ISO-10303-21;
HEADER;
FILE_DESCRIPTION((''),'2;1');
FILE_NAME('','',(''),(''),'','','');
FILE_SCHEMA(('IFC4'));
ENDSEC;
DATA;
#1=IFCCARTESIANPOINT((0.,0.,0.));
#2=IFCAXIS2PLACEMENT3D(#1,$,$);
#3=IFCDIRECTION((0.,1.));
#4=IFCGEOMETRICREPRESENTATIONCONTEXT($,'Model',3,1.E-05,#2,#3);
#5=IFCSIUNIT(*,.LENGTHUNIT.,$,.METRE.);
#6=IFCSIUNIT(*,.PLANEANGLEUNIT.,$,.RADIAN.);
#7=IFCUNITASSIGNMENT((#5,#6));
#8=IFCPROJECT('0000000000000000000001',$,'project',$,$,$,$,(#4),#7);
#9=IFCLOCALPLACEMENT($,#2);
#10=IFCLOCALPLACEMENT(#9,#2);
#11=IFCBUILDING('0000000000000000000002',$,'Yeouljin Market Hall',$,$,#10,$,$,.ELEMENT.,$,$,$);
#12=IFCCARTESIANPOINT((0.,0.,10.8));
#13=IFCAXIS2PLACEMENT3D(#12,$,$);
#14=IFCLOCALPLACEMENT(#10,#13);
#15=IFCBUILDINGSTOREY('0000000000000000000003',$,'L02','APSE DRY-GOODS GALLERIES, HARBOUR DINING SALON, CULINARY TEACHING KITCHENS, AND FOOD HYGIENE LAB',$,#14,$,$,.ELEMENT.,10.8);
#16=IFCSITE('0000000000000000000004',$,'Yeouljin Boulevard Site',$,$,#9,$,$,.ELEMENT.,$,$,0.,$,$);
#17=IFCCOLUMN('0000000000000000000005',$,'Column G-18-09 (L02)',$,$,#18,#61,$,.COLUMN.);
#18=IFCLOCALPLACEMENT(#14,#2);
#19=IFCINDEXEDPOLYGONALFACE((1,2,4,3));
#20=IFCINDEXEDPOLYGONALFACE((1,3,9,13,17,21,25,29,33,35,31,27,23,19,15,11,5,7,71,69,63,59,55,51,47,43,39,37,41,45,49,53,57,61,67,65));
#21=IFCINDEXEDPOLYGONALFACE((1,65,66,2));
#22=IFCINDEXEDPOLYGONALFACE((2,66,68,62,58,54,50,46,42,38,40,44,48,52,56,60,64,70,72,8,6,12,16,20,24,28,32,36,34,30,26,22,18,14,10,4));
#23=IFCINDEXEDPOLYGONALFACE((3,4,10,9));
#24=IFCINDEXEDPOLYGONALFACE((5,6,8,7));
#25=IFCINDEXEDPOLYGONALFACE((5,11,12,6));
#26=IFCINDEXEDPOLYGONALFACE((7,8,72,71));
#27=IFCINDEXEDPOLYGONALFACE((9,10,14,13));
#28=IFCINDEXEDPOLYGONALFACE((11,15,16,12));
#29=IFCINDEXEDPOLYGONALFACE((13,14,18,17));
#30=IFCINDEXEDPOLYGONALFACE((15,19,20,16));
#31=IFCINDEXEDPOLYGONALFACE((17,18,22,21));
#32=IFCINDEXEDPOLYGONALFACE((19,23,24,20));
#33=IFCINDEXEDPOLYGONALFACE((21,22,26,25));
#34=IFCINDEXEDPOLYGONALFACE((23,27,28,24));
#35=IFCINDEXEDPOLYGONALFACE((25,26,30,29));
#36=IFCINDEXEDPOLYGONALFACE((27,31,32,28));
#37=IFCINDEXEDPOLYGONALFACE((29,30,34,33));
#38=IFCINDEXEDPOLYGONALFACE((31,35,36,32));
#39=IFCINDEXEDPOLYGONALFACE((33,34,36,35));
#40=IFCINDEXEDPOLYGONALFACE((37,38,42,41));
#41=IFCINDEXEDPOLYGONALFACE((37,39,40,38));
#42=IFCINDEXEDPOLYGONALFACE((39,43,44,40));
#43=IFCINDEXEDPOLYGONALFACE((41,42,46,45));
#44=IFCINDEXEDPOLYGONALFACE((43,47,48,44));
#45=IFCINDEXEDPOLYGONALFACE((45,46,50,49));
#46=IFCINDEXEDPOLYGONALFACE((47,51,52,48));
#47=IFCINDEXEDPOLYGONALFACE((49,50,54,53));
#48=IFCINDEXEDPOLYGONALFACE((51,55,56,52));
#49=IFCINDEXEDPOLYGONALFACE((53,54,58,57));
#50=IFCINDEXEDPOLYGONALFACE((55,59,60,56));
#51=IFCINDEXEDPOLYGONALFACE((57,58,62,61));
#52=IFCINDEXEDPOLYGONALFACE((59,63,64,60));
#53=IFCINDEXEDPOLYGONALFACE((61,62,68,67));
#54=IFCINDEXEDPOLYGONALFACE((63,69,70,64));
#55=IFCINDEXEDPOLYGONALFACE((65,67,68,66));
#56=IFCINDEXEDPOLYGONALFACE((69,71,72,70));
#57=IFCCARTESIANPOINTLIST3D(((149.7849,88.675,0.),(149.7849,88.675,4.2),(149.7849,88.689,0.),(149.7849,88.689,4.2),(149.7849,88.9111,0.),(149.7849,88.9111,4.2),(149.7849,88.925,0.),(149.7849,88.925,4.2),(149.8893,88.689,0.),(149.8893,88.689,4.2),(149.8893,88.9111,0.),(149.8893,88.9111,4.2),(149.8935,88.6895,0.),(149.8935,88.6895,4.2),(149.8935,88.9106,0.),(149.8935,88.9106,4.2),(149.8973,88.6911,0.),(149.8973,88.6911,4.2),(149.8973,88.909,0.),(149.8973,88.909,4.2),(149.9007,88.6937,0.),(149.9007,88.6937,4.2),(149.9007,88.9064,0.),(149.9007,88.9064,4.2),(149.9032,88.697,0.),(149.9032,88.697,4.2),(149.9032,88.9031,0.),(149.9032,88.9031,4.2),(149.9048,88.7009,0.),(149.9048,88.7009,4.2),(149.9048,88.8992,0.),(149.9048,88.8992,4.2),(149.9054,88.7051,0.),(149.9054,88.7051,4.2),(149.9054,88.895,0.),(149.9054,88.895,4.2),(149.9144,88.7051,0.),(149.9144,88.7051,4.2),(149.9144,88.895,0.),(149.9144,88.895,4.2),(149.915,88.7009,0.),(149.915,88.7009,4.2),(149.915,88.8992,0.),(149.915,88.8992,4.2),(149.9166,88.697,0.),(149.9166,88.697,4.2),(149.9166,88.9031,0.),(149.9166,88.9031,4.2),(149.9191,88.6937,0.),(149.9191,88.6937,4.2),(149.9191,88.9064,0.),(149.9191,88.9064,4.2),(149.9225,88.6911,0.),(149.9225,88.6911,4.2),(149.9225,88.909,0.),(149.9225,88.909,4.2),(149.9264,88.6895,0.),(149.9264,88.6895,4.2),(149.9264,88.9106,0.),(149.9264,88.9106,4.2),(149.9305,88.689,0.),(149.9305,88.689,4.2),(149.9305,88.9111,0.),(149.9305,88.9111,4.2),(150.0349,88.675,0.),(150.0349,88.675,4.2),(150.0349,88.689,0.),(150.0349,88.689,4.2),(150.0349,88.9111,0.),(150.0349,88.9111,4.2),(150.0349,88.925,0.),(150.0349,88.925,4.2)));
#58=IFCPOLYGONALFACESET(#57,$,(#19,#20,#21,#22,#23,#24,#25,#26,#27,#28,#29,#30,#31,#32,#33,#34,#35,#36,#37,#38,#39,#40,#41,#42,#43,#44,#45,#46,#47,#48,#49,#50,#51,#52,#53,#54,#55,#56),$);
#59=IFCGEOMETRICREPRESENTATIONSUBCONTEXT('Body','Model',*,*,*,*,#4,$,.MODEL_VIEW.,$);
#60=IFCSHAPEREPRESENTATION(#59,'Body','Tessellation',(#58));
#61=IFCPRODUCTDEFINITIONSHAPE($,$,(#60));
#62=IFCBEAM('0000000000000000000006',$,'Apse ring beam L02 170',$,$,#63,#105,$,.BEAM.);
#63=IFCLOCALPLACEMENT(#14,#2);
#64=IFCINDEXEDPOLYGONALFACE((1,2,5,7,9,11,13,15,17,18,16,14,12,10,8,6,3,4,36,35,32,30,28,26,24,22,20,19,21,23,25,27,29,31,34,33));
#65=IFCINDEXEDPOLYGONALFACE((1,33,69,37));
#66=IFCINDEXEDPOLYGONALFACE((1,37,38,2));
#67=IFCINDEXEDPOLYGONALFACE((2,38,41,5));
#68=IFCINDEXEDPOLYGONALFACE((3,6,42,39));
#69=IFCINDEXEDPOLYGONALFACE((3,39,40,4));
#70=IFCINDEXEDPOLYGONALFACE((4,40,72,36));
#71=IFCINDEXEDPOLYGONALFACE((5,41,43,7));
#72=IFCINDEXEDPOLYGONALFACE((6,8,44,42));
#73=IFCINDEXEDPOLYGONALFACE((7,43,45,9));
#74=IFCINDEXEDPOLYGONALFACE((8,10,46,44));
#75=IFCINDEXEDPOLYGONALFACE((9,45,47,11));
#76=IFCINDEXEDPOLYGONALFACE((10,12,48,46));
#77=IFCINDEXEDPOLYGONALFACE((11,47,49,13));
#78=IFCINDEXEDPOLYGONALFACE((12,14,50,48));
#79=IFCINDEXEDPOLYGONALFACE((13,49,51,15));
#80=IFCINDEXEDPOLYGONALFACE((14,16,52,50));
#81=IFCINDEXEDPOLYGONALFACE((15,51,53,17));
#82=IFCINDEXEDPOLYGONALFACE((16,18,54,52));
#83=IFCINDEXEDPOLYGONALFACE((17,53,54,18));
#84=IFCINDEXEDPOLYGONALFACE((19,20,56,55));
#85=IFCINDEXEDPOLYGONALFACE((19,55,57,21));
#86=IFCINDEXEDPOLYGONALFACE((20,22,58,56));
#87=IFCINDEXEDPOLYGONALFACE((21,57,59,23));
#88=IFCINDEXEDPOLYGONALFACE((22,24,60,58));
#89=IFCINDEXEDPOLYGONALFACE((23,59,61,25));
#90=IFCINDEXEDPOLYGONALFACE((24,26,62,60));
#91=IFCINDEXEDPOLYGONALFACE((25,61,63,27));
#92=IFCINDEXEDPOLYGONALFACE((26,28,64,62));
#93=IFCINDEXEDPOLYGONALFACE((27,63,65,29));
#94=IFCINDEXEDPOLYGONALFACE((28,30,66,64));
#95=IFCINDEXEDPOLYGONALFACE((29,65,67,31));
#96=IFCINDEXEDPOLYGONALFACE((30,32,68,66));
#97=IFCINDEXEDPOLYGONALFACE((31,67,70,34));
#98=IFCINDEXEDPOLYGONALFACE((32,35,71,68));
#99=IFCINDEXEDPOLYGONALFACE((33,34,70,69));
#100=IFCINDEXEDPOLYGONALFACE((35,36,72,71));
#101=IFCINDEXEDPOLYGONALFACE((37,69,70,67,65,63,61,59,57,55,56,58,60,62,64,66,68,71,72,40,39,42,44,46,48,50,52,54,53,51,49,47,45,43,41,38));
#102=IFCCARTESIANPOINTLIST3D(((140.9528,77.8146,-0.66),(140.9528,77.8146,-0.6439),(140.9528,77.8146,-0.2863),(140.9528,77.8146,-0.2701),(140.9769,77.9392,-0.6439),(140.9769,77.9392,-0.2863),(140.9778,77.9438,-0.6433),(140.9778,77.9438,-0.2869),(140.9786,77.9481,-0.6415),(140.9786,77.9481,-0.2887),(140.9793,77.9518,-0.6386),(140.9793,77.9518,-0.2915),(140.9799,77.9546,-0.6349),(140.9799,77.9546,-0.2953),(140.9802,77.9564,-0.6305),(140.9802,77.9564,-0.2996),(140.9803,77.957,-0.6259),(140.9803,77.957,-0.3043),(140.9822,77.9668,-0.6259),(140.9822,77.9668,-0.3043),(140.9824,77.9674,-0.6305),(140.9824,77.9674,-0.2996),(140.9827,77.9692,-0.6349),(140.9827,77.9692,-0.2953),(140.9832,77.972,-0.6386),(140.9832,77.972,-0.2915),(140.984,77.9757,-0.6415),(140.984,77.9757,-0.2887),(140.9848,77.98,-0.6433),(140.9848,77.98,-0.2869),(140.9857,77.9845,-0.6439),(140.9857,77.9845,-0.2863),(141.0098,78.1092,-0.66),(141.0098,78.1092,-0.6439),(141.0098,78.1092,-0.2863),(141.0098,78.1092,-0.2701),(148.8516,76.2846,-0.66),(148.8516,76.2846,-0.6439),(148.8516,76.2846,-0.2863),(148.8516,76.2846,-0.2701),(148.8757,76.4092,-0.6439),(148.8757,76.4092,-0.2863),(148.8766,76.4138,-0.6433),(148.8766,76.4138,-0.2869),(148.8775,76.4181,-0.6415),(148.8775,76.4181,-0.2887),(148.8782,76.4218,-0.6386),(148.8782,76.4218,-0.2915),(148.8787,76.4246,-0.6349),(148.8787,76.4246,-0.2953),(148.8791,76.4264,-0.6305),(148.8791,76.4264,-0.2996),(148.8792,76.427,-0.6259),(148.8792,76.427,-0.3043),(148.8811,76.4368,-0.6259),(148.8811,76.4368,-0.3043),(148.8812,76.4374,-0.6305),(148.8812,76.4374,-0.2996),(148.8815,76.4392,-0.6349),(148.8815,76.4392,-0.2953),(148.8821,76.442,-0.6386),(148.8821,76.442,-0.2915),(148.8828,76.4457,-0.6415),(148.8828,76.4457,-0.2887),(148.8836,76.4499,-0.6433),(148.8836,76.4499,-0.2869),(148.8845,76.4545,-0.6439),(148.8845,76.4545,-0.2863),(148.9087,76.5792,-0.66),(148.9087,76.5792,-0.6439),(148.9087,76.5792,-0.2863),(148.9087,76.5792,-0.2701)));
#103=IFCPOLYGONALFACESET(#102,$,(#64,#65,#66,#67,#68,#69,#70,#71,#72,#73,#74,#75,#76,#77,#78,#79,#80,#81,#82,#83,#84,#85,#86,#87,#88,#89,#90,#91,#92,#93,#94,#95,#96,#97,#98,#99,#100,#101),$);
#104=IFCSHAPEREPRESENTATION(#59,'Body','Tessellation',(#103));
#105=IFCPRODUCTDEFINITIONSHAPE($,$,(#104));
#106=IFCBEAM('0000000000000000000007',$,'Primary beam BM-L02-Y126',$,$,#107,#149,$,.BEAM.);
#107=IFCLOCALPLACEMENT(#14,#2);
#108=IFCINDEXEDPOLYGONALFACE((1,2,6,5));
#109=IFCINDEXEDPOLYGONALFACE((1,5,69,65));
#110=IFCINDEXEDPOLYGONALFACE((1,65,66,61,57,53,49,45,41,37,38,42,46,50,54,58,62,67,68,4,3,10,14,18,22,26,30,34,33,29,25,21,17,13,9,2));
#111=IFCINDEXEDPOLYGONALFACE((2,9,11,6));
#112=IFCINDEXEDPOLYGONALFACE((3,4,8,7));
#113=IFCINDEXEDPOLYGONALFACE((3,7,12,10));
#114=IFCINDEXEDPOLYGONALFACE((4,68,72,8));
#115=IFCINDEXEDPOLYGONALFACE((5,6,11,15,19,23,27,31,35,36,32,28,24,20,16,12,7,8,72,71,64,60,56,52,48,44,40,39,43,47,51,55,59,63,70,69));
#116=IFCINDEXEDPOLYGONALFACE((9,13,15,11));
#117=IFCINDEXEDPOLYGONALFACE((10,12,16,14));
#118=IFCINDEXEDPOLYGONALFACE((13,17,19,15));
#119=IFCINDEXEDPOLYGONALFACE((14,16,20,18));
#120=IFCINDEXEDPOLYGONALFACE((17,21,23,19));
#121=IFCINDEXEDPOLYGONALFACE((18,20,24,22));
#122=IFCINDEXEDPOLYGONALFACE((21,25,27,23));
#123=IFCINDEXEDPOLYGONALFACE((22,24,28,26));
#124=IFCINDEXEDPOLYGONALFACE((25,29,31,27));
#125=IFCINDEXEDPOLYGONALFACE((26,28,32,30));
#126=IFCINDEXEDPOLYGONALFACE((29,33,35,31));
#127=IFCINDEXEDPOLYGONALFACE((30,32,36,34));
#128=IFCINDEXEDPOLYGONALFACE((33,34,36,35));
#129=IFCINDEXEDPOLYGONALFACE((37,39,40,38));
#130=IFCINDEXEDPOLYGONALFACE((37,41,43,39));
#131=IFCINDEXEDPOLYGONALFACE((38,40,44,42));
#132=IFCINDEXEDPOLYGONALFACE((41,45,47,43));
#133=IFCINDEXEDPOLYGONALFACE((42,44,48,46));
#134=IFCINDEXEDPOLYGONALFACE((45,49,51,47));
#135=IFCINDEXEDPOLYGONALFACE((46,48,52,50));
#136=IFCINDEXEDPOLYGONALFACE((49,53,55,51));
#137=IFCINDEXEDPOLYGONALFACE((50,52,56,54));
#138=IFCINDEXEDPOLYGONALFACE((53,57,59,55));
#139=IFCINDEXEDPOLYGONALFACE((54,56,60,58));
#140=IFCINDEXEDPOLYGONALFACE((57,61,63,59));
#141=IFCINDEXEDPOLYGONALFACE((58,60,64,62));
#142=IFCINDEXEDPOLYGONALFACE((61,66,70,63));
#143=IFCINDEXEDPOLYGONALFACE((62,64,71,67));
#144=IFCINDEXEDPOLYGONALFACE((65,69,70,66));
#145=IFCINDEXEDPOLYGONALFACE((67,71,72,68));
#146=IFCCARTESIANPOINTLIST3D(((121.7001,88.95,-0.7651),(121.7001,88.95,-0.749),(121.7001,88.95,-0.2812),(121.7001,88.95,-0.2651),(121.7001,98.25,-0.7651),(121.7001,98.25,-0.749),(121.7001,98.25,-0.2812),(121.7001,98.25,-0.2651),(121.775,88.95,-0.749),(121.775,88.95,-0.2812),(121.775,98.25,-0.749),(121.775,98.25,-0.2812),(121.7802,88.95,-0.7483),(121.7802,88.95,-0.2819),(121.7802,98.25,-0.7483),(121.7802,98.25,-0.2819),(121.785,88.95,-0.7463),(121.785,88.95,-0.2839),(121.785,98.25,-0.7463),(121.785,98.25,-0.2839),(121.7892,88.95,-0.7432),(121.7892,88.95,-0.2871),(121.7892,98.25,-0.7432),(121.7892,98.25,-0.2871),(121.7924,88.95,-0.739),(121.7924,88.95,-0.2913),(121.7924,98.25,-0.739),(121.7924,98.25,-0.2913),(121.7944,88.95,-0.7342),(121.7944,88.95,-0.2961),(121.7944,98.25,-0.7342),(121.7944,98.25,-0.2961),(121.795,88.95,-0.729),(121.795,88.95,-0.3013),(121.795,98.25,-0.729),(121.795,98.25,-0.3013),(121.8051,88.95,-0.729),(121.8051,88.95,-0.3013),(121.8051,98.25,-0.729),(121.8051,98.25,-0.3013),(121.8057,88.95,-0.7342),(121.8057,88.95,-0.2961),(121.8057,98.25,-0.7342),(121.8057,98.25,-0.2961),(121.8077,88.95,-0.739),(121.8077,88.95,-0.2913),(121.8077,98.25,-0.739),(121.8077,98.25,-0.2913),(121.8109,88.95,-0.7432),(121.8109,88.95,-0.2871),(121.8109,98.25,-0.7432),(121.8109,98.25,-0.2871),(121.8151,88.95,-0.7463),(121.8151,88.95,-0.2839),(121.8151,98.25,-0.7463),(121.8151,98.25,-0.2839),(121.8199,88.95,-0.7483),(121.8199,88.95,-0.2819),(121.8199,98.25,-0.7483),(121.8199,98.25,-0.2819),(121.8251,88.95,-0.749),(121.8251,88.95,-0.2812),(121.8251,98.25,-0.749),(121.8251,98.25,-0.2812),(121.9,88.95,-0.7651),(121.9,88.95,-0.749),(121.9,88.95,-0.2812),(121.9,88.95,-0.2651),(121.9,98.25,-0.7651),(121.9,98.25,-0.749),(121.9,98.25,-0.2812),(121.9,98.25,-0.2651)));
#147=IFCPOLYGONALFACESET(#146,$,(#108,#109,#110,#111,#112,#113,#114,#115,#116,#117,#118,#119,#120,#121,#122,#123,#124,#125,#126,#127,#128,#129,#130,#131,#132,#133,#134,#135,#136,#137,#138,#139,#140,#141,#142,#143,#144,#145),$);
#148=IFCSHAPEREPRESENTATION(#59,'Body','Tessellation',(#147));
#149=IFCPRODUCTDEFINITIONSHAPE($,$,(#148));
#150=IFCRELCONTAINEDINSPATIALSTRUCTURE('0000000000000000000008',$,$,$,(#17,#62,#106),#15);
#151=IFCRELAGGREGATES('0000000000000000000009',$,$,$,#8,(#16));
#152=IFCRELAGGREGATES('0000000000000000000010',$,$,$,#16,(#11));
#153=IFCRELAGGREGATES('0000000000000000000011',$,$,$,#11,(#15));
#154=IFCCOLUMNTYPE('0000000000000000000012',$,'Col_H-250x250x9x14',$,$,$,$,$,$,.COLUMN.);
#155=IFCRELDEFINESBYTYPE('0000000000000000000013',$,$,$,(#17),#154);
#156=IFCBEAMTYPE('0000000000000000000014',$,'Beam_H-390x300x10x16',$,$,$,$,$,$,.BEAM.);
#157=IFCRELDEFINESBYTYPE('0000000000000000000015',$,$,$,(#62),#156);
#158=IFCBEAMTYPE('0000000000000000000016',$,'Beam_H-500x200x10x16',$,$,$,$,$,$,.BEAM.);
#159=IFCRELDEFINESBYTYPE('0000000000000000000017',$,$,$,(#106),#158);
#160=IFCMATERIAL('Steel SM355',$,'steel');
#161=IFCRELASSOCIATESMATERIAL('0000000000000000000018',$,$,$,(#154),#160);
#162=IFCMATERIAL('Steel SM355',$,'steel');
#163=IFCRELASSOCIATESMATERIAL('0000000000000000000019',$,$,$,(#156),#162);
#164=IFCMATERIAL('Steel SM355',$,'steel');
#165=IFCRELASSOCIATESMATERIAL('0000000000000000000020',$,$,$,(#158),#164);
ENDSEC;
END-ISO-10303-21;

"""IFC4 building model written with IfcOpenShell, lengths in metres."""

from ifc_helpers import new_model, si_unit, direction, frame, origin, origin_2d, place, context, subcontext, project, spatial, i_section, extrude, material, material_profile, profile_set, type_object, element, save


model = new_model("IFC4")

# Units and contexts
model_context = context("Model", 3, precision=1e-05, world=origin(), true_north=direction((0.0, 1.0)))
body_context = subcontext(model_context, "Body", "Model", "MODEL_VIEW")
ifc_project = project(units=[si_unit("LENGTHUNIT", "METRE"), si_unit("PLANEANGLEUNIT", "RADIAN")], contexts=[model_context])

# Site, building, storey
site_placement = place(None, origin())
site = spatial("IfcSite", under=ifc_project, at=site_placement, Name="Yeouljin Boulevard Site", CompositionType="ELEMENT", RefElevation=0.0)
building_placement = place(site_placement, origin())
building = spatial("IfcBuilding", under=site, at=building_placement, Name="Yeouljin Market Hall", CompositionType="ELEMENT")
storey_placement = place(building_placement, frame((0.0, 0.0, 10.8)))
storey = spatial("IfcBuildingStorey", under=building, at=storey_placement, Name="L02", Description="APSE DRY-GOODS GALLERIES, HARBOUR DINING SALON, CULINARY TEACHING KITCHENS, AND FOOD HYGIENE LAB", CompositionType="ELEMENT", Elevation=10.8)

# Column
ifc_material_1 = material(Name="Steel SM355", Category="steel")
ifc_material_profile_1 = material_profile(ifc_material_1, i_section(OverallWidth=0.25, OverallDepth=0.25, WebThickness=0.009, FlangeThickness=0.0139, FilletRadius=0.0161, at=origin_2d()), Name="H-250x250x9x14")
ifc_profile_set_1 = profile_set([ifc_material_profile_1], Name="Steel SM355")
column_type = type_object("IfcColumnType", Name="Col_H-250x250x9x14", PredefinedType="COLUMN", material=ifc_profile_set_1)
column_placement = place(storey_placement, frame((149.9099, 88.8, 0.0), z_axis=(0.0, 0.0, 1.0), x_axis=(1.0, 0.0, 0.0)))
element("IfcColumn", 1, at=column_placement, inside=storey, type_object=column_type, Name="Column G-18-09 (L02)", PredefinedType="COLUMN", context=body_context, shape_type="SweptSolid", body=[
    extrude(i_section(OverallWidth=0.25, OverallDepth=0.25, WebThickness=0.009, FlangeThickness=0.0139, FilletRadius=0.0161, at=origin_2d()), origin(), (0.0, 0.0, 1.0), 4.2),
])

# Beams
ifc_material_2 = material(Name="Steel SM355", Category="steel")
ifc_material_profile_2 = material_profile(ifc_material_2, i_section(OverallWidth=0.3, OverallDepth=0.3899, WebThickness=0.01, FlangeThickness=0.0161, FilletRadius=0.0181, at=origin_2d()), Name="H-390x300x10x16")
ifc_profile_set_2 = profile_set([ifc_material_profile_2], Name="Steel SM355")
beam_type_1 = type_object("IfcBeamType", Name="Beam_H-390x300x10x16", PredefinedType="BEAM", material=ifc_profile_set_2)
beam_1_placement = place(storey_placement, frame((148.8801, 76.4319, -0.4651), z_axis=(-0.981752, 0.190166, 0.0), x_axis=(-0.190166, -0.981752, 0.0)))
element("IfcBeam", 2, at=beam_1_placement, inside=storey, type_object=beam_type_1, Name="Apse ring beam L02 170", PredefinedType="BEAM", context=body_context, shape_type="SweptSolid", body=[
    extrude(i_section(OverallWidth=0.3, OverallDepth=0.3899, WebThickness=0.01, FlangeThickness=0.0161, FilletRadius=0.0181, at=origin_2d()), origin(), (0.0, 0.0, 1.0), 8.0457),
])
ifc_material_3 = material(Name="Steel SM355", Category="steel")
ifc_material_profile_3 = material_profile(ifc_material_3, i_section(OverallWidth=0.2, OverallDepth=0.5, WebThickness=0.01, FlangeThickness=0.0161, FilletRadius=0.02, at=origin_2d()), Name="H-500x200x10x16")
ifc_profile_set_3 = profile_set([ifc_material_profile_3], Name="Steel SM355")
beam_type_2 = type_object("IfcBeamType", Name="Beam_H-500x200x10x16", PredefinedType="BEAM", material=ifc_profile_set_3)
beam_2_placement = place(storey_placement, frame((121.8, 88.95, -0.5151), z_axis=(0.0, 1.0, 0.0), x_axis=(-1.0, 0.0, 0.0)))
element("IfcBeam", 3, at=beam_2_placement, inside=storey, type_object=beam_type_2, Name="Primary beam BM-L02-Y126", PredefinedType="BEAM", context=body_context, shape_type="SweptSolid", body=[
    extrude(i_section(OverallWidth=0.2, OverallDepth=0.5, WebThickness=0.01, FlangeThickness=0.0161, FilletRadius=0.02, at=origin_2d()), origin(), (0.0, 0.0, 1.0), 9.3),
])

save(model, "model.ifc")
